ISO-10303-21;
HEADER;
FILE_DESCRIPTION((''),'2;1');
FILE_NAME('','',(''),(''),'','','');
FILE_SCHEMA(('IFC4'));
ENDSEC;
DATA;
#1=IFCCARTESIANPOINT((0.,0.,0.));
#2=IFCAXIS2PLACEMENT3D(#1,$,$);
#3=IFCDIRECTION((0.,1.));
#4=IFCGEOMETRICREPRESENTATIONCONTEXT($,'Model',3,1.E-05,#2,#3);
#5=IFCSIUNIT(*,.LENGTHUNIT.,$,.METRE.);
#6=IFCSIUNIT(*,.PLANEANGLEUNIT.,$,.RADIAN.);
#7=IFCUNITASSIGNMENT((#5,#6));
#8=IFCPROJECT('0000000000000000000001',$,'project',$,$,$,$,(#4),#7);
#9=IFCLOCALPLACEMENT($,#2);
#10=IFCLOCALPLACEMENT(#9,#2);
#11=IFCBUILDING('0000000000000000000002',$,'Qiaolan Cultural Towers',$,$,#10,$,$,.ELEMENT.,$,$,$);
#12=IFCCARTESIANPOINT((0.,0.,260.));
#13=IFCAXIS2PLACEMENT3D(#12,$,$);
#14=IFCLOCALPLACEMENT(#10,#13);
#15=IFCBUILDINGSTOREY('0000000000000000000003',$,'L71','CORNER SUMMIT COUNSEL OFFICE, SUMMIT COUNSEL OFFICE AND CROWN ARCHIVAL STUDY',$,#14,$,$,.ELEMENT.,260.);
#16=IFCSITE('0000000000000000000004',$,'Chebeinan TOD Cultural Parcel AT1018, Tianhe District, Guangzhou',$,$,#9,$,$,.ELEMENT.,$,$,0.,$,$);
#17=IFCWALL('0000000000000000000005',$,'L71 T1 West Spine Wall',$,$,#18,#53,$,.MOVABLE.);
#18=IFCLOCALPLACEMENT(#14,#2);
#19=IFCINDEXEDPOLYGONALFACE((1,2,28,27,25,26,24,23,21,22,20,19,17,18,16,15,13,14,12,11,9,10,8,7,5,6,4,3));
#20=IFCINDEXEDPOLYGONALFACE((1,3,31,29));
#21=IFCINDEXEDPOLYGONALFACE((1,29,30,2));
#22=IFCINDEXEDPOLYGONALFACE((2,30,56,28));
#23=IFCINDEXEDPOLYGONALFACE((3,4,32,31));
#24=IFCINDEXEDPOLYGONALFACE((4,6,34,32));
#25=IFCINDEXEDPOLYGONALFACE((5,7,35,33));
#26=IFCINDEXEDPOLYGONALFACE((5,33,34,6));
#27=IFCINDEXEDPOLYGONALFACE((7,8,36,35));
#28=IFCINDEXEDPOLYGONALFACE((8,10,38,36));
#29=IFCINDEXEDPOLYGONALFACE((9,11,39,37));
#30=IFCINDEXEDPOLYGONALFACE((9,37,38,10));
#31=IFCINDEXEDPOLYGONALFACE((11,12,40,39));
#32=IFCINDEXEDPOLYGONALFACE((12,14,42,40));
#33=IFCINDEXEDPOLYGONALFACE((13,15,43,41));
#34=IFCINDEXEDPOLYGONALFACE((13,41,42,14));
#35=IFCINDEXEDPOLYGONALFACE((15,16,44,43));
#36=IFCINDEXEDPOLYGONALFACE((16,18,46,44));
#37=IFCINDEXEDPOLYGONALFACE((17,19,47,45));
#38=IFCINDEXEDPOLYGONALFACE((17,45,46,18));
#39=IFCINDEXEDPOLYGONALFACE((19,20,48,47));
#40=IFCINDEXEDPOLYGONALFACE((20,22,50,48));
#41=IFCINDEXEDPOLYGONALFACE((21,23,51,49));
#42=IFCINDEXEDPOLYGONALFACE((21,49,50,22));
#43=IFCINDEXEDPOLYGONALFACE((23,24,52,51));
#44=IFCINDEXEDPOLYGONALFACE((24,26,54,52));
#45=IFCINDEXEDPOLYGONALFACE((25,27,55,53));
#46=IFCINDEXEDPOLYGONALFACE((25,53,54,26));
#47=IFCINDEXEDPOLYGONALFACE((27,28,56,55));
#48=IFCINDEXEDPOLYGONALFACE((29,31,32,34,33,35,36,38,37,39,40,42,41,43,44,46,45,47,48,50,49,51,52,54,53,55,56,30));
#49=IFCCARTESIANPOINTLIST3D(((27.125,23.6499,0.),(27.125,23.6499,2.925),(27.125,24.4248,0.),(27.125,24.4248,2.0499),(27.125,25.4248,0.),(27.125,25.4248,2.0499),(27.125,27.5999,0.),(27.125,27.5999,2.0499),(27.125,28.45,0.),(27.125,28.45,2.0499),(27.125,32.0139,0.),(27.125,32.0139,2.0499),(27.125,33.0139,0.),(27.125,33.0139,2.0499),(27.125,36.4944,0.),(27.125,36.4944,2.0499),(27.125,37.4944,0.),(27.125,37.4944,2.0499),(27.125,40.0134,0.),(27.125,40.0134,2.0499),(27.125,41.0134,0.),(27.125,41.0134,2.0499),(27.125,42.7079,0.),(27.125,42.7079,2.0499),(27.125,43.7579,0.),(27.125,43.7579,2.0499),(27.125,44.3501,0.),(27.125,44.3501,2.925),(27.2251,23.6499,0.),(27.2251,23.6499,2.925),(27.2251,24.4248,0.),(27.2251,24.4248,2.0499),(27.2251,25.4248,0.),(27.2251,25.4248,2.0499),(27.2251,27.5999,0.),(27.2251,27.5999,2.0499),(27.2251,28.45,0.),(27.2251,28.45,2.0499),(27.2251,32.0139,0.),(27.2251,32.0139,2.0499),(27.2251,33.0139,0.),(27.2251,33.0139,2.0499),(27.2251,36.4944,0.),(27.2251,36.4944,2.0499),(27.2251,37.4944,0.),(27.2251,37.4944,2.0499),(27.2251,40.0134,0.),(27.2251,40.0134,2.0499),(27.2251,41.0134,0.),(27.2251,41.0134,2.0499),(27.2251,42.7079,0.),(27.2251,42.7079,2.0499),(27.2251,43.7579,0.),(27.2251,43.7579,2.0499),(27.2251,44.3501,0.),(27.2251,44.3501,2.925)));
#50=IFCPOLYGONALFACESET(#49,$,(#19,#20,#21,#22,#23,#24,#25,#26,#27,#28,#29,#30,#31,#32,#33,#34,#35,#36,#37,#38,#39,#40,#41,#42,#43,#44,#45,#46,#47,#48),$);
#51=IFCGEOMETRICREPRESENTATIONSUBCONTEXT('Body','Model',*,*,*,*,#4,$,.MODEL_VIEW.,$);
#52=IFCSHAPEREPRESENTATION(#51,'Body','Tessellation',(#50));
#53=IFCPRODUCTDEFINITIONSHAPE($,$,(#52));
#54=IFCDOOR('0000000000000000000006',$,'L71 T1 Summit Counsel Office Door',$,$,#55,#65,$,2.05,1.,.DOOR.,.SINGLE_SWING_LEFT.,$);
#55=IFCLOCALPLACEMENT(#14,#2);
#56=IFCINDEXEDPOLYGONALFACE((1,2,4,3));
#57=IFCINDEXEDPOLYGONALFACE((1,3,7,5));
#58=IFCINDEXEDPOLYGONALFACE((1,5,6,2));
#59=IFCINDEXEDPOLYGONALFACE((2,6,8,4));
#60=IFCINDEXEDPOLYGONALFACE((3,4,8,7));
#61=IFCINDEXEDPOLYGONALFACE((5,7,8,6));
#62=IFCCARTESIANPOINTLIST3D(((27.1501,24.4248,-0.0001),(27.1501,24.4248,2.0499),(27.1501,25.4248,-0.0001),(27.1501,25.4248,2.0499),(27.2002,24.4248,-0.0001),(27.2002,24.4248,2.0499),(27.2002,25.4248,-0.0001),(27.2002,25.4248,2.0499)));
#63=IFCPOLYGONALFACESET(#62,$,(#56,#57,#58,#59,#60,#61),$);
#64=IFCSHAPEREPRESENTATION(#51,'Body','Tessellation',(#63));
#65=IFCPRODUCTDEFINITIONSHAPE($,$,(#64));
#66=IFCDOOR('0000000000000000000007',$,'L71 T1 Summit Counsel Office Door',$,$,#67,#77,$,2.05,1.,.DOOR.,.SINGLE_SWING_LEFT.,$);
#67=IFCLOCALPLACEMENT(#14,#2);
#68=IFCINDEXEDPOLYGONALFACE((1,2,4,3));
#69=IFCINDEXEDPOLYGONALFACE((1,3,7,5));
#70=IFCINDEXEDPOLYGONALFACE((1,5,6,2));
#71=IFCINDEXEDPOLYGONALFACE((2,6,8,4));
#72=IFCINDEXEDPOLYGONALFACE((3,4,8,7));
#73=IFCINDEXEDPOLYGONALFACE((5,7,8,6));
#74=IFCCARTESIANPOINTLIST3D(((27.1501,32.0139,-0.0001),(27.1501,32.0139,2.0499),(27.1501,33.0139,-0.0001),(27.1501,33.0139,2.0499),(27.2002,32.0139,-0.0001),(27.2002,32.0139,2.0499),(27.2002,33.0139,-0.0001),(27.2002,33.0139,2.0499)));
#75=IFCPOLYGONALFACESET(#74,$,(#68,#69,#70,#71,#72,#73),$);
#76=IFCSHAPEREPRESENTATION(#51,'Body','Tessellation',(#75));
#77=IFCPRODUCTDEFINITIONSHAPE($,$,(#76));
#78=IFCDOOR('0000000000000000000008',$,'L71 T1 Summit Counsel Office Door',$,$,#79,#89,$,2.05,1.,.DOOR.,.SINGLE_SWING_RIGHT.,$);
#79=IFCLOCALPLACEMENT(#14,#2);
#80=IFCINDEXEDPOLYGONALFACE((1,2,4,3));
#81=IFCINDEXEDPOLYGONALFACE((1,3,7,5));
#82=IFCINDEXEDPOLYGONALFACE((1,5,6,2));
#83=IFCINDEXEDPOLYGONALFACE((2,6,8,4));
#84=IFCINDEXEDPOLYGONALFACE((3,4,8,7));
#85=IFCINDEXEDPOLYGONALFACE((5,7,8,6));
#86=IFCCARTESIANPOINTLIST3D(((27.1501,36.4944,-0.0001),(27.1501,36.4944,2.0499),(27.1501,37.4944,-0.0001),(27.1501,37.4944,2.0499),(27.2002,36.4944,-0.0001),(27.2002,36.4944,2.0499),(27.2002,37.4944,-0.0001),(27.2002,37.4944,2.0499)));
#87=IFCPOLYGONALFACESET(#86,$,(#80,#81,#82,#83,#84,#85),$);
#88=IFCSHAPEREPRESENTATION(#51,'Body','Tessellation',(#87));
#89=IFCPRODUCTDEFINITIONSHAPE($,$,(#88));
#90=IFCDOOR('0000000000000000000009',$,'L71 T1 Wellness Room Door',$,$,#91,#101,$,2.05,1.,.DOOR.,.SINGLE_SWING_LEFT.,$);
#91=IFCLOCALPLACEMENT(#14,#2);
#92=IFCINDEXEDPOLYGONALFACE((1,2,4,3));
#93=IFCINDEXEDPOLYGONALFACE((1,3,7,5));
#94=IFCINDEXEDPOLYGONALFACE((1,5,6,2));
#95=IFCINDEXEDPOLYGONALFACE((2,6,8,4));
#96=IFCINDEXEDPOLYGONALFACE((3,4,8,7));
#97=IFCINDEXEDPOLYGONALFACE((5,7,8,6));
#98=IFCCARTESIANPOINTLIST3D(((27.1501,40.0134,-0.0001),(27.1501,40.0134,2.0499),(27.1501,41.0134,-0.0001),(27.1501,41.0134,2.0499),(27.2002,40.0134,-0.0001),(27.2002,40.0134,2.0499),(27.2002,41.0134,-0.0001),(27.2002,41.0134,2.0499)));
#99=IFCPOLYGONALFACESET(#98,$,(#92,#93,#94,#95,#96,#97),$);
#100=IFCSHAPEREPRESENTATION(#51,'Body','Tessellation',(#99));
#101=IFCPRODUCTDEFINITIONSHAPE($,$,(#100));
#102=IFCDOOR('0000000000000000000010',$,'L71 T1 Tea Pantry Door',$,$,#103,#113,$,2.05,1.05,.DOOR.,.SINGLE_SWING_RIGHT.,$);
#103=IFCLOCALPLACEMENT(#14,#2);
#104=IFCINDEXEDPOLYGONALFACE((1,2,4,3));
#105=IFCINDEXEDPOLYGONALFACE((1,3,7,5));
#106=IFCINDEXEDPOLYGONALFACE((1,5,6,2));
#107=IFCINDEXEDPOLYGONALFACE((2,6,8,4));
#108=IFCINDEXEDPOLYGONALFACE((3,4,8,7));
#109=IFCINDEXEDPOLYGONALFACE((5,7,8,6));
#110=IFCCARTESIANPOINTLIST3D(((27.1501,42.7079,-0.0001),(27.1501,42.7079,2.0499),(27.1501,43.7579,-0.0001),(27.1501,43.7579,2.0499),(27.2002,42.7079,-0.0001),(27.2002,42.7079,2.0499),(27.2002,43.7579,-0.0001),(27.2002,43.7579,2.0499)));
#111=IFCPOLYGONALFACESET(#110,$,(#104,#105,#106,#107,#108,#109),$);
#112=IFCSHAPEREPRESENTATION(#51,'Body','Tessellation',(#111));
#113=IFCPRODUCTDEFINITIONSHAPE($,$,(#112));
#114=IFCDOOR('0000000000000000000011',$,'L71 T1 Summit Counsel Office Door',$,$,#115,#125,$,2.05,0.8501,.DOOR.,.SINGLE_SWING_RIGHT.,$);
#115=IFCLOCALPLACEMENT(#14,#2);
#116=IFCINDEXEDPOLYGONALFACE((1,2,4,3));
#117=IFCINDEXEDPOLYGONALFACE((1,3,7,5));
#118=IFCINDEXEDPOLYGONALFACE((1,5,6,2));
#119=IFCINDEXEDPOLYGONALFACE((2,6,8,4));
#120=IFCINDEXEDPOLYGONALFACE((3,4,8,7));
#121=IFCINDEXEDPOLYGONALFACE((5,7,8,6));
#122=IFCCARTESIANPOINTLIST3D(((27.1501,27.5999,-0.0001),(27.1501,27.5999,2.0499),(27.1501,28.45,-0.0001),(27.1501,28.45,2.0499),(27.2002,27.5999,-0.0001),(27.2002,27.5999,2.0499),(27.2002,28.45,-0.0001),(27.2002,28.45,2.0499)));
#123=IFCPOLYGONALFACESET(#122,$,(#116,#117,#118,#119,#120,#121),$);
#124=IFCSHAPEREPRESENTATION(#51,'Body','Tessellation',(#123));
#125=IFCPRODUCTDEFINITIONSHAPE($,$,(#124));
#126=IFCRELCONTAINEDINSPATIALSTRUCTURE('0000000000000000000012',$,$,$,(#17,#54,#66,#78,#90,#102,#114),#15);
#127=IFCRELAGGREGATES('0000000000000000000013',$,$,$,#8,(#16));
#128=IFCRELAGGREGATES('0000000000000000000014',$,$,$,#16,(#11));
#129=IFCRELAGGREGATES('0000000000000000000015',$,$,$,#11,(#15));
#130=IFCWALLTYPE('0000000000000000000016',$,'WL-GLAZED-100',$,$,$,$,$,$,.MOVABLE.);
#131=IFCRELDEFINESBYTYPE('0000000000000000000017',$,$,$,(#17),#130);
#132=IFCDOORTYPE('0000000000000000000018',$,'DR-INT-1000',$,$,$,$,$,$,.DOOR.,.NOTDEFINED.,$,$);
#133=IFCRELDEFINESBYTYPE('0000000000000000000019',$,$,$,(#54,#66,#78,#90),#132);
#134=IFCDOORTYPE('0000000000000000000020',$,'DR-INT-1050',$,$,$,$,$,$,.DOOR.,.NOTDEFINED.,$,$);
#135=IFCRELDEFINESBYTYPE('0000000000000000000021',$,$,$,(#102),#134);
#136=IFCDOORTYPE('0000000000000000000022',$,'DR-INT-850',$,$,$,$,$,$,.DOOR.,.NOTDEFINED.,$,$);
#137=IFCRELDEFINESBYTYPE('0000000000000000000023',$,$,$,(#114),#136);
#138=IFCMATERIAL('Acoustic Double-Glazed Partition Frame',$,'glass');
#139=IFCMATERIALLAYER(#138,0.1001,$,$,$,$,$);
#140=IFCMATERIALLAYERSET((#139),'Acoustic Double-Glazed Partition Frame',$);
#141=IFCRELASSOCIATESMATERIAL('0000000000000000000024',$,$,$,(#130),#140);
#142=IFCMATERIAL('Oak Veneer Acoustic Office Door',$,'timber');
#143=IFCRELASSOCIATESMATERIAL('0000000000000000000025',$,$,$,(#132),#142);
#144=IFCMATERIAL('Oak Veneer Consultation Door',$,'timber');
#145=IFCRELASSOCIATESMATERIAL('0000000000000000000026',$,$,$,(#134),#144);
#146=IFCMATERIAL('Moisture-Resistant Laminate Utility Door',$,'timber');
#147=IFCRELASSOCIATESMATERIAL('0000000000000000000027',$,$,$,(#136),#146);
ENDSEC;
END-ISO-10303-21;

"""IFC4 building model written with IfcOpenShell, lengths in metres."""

from ifc_helpers import new_model, si_unit, direction, frame, frame_2d, origin, place, context, subcontext, project, spatial, rectangle, extrude, material, layer, layer_set, type_object, element, fill, save


model = new_model("IFC4")

# Units and contexts
model_context = context("Model", 3, precision=1e-05, world=origin(), true_north=direction((0.0, 1.0)))
body_context = subcontext(model_context, "Body", "Model", "MODEL_VIEW")
ifc_project = project(units=[si_unit("LENGTHUNIT", "METRE"), si_unit("PLANEANGLEUNIT", "RADIAN")], contexts=[model_context])

# Site, building, storey
site_placement = place(None, origin())
site = spatial("IfcSite", under=ifc_project, at=site_placement, Name="Chebeinan TOD Cultural Parcel AT1018, Tianhe District, Guangzhou", CompositionType="ELEMENT", RefElevation=0.0)
building_placement = place(site_placement, origin())
building = spatial("IfcBuilding", under=site, at=building_placement, Name="Qiaolan Cultural Towers", CompositionType="ELEMENT")
storey_placement = place(building_placement, frame((0.0, 0.0, 260.0)))
storey = spatial("IfcBuildingStorey", under=building, at=storey_placement, Name="L71", Description="CORNER SUMMIT COUNSEL OFFICE, SUMMIT COUNSEL OFFICE AND CROWN ARCHIVAL STUDY", CompositionType="ELEMENT", Elevation=260.0)

# Shared definitions
ifc_material_1 = material(Name="Acoustic Double-Glazed Partition Frame", Category="glass")
ifc_layer_1 = layer(ifc_material_1, 0.1001)
ifc_layer_set_1 = layer_set([ifc_layer_1], Name="Acoustic Double-Glazed Partition Frame")
wall_type_1 = type_object("IfcWallType", Name="WL-GLAZED-100", PredefinedType="MOVABLE", material=ifc_layer_set_1)

# Wall, openings, doors
wall_1_placement = place(storey_placement, frame((27.175, 23.6499, 0.0), z_axis=(0.0, 0.0, 1.0), x_axis=(0.0, 1.0, 0.0)))
wall_1 = element("IfcWall", 1, at=wall_1_placement, inside=storey, type_object=wall_type_1, Name="L71 T1 West Spine Wall", PredefinedType="MOVABLE", context=body_context, shape_type="SweptSolid", body=[
    extrude(rectangle(XDim=20.7002, YDim=0.1001, at=frame_2d((10.3501, 0.0))), origin(), (0.0, 0.0, 1.0), 2.925),
])
opening_1_placement = place(wall_1_placement, frame((0.7749, 0.0, 0.0)))
opening_1 = element("IfcOpeningElement", 2, at=opening_1_placement, cuts=wall_1, PredefinedType="OPENING", context=body_context, shape_type="SweptSolid", body=[
    extrude(rectangle(XDim=1.0, YDim=2.05, at=frame_2d((0.5, 1.0249))), frame((0.0, 0.0601, 0.0), z_axis=(0.0, -1.0, 0.0), x_axis=(1.0, 0.0, 0.0)), (0.0, 0.0, 1.0), 0.1201),
])
opening_2_placement = place(wall_1_placement, frame((3.95, 0.0, 0.0)))
opening_2 = element("IfcOpeningElement", 3, at=opening_2_placement, cuts=wall_1, PredefinedType="OPENING", context=body_context, shape_type="SweptSolid", body=[
    extrude(rectangle(XDim=0.8501, YDim=2.05, at=frame_2d((0.425, 1.0249))), frame((0.0, 0.0601, 0.0), z_axis=(0.0, -1.0, 0.0), x_axis=(1.0, 0.0, 0.0)), (0.0, 0.0, 1.0), 0.1201),
])
opening_3_placement = place(wall_1_placement, frame((8.364, 0.0, 0.0)))
opening_3 = element("IfcOpeningElement", 4, at=opening_3_placement, cuts=wall_1, PredefinedType="OPENING", context=body_context, shape_type="SweptSolid", body=[
    extrude(rectangle(XDim=1.0, YDim=2.05, at=frame_2d((0.5, 1.0249))), frame((0.0, 0.0601, 0.0), z_axis=(0.0, -1.0, 0.0), x_axis=(1.0, 0.0, 0.0)), (0.0, 0.0, 1.0), 0.1201),
])
opening_4_placement = place(wall_1_placement, frame((12.8445, 0.0, 0.0)))
opening_4 = element("IfcOpeningElement", 5, at=opening_4_placement, cuts=wall_1, PredefinedType="OPENING", context=body_context, shape_type="SweptSolid", body=[
    extrude(rectangle(XDim=1.0, YDim=2.05, at=frame_2d((0.5, 1.0249))), frame((0.0, 0.0601, 0.0), z_axis=(0.0, -1.0, 0.0), x_axis=(1.0, 0.0, 0.0)), (0.0, 0.0, 1.0), 0.1201),
])
opening_5_placement = place(wall_1_placement, frame((16.3635, 0.0, 0.0)))
opening_5 = element("IfcOpeningElement", 6, at=opening_5_placement, cuts=wall_1, PredefinedType="OPENING", context=body_context, shape_type="SweptSolid", body=[
    extrude(rectangle(XDim=1.0, YDim=2.05, at=frame_2d((0.5, 1.0249))), frame((0.0, 0.0601, 0.0), z_axis=(0.0, -1.0, 0.0), x_axis=(1.0, 0.0, 0.0)), (0.0, 0.0, 1.0), 0.1201),
])
opening_6_placement = place(wall_1_placement, frame((19.0581, 0.0, 0.0)))
opening_6 = element("IfcOpeningElement", 7, at=opening_6_placement, cuts=wall_1, PredefinedType="OPENING", context=body_context, shape_type="SweptSolid", body=[
    extrude(rectangle(XDim=1.05, YDim=2.05, at=frame_2d((0.5249, 1.0249))), frame((0.0, 0.0601, 0.0), z_axis=(0.0, -1.0, 0.0), x_axis=(1.0, 0.0, 0.0)), (0.0, 0.0, 1.0), 0.1201),
])
ifc_material_2 = material(Name="Oak Veneer Acoustic Office Door", Category="timber")
door_type_1 = type_object("IfcDoorType", Name="DR-INT-1000", OperationType="NOTDEFINED", PredefinedType="DOOR", material=ifc_material_2)
door_1_placement = place(opening_1_placement, origin())
door_1 = element("IfcDoor", 8, at=door_1_placement, inside=storey, type_object=door_type_1, Name="L71 T1 Summit Counsel Office Door", OperationType="SINGLE_SWING_LEFT", OverallHeight=2.05, OverallWidth=1.0, PredefinedType="DOOR", context=body_context, shape_type="SweptSolid", body=[
    extrude(rectangle(XDim=1.0, YDim=2.05, at=frame_2d((0.5, 1.0249))), frame((0.0, 0.0249, 0.0), z_axis=(0.0, -1.0, 0.0), x_axis=(1.0, 0.0, 0.0)), (0.0, 0.0, 1.0), 0.05),
])
fill(opening_1, door_1)
door_2_placement = place(opening_3_placement, origin())
door_2 = element("IfcDoor", 9, at=door_2_placement, inside=storey, type_object=door_type_1, Name="L71 T1 Summit Counsel Office Door", OperationType="SINGLE_SWING_LEFT", OverallHeight=2.05, OverallWidth=1.0, PredefinedType="DOOR", context=body_context, shape_type="SweptSolid", body=[
    extrude(rectangle(XDim=1.0, YDim=2.05, at=frame_2d((0.5, 1.0249))), frame((0.0, 0.0249, 0.0), z_axis=(0.0, -1.0, 0.0), x_axis=(1.0, 0.0, 0.0)), (0.0, 0.0, 1.0), 0.05),
])
fill(opening_3, door_2)
door_3_placement = place(opening_4_placement, origin())
door_3 = element("IfcDoor", 10, at=door_3_placement, inside=storey, type_object=door_type_1, Name="L71 T1 Summit Counsel Office Door", OperationType="SINGLE_SWING_RIGHT", OverallHeight=2.05, OverallWidth=1.0, PredefinedType="DOOR", context=body_context, shape_type="SweptSolid", body=[
    extrude(rectangle(XDim=1.0, YDim=2.05, at=frame_2d((0.5, 1.0249))), frame((0.0, 0.0249, 0.0), z_axis=(0.0, -1.0, 0.0), x_axis=(1.0, 0.0, 0.0)), (0.0, 0.0, 1.0), 0.05),
])
fill(opening_4, door_3)
door_4_placement = place(opening_5_placement, origin())
door_4 = element("IfcDoor", 11, at=door_4_placement, inside=storey, type_object=door_type_1, Name="L71 T1 Wellness Room Door", OperationType="SINGLE_SWING_LEFT", OverallHeight=2.05, OverallWidth=1.0, PredefinedType="DOOR", context=body_context, shape_type="SweptSolid", body=[
    extrude(rectangle(XDim=1.0, YDim=2.05, at=frame_2d((0.5, 1.0249))), frame((0.0, 0.0249, 0.0), z_axis=(0.0, -1.0, 0.0), x_axis=(1.0, 0.0, 0.0)), (0.0, 0.0, 1.0), 0.05),
])
fill(opening_5, door_4)
ifc_material_3 = material(Name="Oak Veneer Consultation Door", Category="timber")
door_type_2 = type_object("IfcDoorType", Name="DR-INT-1050", OperationType="NOTDEFINED", PredefinedType="DOOR", material=ifc_material_3)
door_5_placement = place(opening_6_placement, origin())
door_5 = element("IfcDoor", 12, at=door_5_placement, inside=storey, type_object=door_type_2, Name="L71 T1 Tea Pantry Door", OperationType="SINGLE_SWING_RIGHT", OverallHeight=2.05, OverallWidth=1.05, PredefinedType="DOOR", context=body_context, shape_type="SweptSolid", body=[
    extrude(rectangle(XDim=1.05, YDim=2.05, at=frame_2d((0.5249, 1.0249))), frame((0.0, 0.0249, 0.0), z_axis=(0.0, -1.0, 0.0), x_axis=(1.0, 0.0, 0.0)), (0.0, 0.0, 1.0), 0.05),
])
fill(opening_6, door_5)
ifc_material_4 = material(Name="Moisture-Resistant Laminate Utility Door", Category="timber")
door_type_3 = type_object("IfcDoorType", Name="DR-INT-850", OperationType="NOTDEFINED", PredefinedType="DOOR", material=ifc_material_4)
door_6_placement = place(opening_2_placement, origin())
door_6 = element("IfcDoor", 13, at=door_6_placement, inside=storey, type_object=door_type_3, Name="L71 T1 Summit Counsel Office Door", OperationType="SINGLE_SWING_RIGHT", OverallHeight=2.05, OverallWidth=0.8501, PredefinedType="DOOR", context=body_context, shape_type="SweptSolid", body=[
    extrude(rectangle(XDim=0.8501, YDim=2.05, at=frame_2d((0.425, 1.0249))), frame((0.0, 0.0249, 0.0), z_axis=(0.0, -1.0, 0.0), x_axis=(1.0, 0.0, 0.0)), (0.0, 0.0, 1.0), 0.05),
])
fill(opening_2, door_6)

save(model, "model.ifc")
